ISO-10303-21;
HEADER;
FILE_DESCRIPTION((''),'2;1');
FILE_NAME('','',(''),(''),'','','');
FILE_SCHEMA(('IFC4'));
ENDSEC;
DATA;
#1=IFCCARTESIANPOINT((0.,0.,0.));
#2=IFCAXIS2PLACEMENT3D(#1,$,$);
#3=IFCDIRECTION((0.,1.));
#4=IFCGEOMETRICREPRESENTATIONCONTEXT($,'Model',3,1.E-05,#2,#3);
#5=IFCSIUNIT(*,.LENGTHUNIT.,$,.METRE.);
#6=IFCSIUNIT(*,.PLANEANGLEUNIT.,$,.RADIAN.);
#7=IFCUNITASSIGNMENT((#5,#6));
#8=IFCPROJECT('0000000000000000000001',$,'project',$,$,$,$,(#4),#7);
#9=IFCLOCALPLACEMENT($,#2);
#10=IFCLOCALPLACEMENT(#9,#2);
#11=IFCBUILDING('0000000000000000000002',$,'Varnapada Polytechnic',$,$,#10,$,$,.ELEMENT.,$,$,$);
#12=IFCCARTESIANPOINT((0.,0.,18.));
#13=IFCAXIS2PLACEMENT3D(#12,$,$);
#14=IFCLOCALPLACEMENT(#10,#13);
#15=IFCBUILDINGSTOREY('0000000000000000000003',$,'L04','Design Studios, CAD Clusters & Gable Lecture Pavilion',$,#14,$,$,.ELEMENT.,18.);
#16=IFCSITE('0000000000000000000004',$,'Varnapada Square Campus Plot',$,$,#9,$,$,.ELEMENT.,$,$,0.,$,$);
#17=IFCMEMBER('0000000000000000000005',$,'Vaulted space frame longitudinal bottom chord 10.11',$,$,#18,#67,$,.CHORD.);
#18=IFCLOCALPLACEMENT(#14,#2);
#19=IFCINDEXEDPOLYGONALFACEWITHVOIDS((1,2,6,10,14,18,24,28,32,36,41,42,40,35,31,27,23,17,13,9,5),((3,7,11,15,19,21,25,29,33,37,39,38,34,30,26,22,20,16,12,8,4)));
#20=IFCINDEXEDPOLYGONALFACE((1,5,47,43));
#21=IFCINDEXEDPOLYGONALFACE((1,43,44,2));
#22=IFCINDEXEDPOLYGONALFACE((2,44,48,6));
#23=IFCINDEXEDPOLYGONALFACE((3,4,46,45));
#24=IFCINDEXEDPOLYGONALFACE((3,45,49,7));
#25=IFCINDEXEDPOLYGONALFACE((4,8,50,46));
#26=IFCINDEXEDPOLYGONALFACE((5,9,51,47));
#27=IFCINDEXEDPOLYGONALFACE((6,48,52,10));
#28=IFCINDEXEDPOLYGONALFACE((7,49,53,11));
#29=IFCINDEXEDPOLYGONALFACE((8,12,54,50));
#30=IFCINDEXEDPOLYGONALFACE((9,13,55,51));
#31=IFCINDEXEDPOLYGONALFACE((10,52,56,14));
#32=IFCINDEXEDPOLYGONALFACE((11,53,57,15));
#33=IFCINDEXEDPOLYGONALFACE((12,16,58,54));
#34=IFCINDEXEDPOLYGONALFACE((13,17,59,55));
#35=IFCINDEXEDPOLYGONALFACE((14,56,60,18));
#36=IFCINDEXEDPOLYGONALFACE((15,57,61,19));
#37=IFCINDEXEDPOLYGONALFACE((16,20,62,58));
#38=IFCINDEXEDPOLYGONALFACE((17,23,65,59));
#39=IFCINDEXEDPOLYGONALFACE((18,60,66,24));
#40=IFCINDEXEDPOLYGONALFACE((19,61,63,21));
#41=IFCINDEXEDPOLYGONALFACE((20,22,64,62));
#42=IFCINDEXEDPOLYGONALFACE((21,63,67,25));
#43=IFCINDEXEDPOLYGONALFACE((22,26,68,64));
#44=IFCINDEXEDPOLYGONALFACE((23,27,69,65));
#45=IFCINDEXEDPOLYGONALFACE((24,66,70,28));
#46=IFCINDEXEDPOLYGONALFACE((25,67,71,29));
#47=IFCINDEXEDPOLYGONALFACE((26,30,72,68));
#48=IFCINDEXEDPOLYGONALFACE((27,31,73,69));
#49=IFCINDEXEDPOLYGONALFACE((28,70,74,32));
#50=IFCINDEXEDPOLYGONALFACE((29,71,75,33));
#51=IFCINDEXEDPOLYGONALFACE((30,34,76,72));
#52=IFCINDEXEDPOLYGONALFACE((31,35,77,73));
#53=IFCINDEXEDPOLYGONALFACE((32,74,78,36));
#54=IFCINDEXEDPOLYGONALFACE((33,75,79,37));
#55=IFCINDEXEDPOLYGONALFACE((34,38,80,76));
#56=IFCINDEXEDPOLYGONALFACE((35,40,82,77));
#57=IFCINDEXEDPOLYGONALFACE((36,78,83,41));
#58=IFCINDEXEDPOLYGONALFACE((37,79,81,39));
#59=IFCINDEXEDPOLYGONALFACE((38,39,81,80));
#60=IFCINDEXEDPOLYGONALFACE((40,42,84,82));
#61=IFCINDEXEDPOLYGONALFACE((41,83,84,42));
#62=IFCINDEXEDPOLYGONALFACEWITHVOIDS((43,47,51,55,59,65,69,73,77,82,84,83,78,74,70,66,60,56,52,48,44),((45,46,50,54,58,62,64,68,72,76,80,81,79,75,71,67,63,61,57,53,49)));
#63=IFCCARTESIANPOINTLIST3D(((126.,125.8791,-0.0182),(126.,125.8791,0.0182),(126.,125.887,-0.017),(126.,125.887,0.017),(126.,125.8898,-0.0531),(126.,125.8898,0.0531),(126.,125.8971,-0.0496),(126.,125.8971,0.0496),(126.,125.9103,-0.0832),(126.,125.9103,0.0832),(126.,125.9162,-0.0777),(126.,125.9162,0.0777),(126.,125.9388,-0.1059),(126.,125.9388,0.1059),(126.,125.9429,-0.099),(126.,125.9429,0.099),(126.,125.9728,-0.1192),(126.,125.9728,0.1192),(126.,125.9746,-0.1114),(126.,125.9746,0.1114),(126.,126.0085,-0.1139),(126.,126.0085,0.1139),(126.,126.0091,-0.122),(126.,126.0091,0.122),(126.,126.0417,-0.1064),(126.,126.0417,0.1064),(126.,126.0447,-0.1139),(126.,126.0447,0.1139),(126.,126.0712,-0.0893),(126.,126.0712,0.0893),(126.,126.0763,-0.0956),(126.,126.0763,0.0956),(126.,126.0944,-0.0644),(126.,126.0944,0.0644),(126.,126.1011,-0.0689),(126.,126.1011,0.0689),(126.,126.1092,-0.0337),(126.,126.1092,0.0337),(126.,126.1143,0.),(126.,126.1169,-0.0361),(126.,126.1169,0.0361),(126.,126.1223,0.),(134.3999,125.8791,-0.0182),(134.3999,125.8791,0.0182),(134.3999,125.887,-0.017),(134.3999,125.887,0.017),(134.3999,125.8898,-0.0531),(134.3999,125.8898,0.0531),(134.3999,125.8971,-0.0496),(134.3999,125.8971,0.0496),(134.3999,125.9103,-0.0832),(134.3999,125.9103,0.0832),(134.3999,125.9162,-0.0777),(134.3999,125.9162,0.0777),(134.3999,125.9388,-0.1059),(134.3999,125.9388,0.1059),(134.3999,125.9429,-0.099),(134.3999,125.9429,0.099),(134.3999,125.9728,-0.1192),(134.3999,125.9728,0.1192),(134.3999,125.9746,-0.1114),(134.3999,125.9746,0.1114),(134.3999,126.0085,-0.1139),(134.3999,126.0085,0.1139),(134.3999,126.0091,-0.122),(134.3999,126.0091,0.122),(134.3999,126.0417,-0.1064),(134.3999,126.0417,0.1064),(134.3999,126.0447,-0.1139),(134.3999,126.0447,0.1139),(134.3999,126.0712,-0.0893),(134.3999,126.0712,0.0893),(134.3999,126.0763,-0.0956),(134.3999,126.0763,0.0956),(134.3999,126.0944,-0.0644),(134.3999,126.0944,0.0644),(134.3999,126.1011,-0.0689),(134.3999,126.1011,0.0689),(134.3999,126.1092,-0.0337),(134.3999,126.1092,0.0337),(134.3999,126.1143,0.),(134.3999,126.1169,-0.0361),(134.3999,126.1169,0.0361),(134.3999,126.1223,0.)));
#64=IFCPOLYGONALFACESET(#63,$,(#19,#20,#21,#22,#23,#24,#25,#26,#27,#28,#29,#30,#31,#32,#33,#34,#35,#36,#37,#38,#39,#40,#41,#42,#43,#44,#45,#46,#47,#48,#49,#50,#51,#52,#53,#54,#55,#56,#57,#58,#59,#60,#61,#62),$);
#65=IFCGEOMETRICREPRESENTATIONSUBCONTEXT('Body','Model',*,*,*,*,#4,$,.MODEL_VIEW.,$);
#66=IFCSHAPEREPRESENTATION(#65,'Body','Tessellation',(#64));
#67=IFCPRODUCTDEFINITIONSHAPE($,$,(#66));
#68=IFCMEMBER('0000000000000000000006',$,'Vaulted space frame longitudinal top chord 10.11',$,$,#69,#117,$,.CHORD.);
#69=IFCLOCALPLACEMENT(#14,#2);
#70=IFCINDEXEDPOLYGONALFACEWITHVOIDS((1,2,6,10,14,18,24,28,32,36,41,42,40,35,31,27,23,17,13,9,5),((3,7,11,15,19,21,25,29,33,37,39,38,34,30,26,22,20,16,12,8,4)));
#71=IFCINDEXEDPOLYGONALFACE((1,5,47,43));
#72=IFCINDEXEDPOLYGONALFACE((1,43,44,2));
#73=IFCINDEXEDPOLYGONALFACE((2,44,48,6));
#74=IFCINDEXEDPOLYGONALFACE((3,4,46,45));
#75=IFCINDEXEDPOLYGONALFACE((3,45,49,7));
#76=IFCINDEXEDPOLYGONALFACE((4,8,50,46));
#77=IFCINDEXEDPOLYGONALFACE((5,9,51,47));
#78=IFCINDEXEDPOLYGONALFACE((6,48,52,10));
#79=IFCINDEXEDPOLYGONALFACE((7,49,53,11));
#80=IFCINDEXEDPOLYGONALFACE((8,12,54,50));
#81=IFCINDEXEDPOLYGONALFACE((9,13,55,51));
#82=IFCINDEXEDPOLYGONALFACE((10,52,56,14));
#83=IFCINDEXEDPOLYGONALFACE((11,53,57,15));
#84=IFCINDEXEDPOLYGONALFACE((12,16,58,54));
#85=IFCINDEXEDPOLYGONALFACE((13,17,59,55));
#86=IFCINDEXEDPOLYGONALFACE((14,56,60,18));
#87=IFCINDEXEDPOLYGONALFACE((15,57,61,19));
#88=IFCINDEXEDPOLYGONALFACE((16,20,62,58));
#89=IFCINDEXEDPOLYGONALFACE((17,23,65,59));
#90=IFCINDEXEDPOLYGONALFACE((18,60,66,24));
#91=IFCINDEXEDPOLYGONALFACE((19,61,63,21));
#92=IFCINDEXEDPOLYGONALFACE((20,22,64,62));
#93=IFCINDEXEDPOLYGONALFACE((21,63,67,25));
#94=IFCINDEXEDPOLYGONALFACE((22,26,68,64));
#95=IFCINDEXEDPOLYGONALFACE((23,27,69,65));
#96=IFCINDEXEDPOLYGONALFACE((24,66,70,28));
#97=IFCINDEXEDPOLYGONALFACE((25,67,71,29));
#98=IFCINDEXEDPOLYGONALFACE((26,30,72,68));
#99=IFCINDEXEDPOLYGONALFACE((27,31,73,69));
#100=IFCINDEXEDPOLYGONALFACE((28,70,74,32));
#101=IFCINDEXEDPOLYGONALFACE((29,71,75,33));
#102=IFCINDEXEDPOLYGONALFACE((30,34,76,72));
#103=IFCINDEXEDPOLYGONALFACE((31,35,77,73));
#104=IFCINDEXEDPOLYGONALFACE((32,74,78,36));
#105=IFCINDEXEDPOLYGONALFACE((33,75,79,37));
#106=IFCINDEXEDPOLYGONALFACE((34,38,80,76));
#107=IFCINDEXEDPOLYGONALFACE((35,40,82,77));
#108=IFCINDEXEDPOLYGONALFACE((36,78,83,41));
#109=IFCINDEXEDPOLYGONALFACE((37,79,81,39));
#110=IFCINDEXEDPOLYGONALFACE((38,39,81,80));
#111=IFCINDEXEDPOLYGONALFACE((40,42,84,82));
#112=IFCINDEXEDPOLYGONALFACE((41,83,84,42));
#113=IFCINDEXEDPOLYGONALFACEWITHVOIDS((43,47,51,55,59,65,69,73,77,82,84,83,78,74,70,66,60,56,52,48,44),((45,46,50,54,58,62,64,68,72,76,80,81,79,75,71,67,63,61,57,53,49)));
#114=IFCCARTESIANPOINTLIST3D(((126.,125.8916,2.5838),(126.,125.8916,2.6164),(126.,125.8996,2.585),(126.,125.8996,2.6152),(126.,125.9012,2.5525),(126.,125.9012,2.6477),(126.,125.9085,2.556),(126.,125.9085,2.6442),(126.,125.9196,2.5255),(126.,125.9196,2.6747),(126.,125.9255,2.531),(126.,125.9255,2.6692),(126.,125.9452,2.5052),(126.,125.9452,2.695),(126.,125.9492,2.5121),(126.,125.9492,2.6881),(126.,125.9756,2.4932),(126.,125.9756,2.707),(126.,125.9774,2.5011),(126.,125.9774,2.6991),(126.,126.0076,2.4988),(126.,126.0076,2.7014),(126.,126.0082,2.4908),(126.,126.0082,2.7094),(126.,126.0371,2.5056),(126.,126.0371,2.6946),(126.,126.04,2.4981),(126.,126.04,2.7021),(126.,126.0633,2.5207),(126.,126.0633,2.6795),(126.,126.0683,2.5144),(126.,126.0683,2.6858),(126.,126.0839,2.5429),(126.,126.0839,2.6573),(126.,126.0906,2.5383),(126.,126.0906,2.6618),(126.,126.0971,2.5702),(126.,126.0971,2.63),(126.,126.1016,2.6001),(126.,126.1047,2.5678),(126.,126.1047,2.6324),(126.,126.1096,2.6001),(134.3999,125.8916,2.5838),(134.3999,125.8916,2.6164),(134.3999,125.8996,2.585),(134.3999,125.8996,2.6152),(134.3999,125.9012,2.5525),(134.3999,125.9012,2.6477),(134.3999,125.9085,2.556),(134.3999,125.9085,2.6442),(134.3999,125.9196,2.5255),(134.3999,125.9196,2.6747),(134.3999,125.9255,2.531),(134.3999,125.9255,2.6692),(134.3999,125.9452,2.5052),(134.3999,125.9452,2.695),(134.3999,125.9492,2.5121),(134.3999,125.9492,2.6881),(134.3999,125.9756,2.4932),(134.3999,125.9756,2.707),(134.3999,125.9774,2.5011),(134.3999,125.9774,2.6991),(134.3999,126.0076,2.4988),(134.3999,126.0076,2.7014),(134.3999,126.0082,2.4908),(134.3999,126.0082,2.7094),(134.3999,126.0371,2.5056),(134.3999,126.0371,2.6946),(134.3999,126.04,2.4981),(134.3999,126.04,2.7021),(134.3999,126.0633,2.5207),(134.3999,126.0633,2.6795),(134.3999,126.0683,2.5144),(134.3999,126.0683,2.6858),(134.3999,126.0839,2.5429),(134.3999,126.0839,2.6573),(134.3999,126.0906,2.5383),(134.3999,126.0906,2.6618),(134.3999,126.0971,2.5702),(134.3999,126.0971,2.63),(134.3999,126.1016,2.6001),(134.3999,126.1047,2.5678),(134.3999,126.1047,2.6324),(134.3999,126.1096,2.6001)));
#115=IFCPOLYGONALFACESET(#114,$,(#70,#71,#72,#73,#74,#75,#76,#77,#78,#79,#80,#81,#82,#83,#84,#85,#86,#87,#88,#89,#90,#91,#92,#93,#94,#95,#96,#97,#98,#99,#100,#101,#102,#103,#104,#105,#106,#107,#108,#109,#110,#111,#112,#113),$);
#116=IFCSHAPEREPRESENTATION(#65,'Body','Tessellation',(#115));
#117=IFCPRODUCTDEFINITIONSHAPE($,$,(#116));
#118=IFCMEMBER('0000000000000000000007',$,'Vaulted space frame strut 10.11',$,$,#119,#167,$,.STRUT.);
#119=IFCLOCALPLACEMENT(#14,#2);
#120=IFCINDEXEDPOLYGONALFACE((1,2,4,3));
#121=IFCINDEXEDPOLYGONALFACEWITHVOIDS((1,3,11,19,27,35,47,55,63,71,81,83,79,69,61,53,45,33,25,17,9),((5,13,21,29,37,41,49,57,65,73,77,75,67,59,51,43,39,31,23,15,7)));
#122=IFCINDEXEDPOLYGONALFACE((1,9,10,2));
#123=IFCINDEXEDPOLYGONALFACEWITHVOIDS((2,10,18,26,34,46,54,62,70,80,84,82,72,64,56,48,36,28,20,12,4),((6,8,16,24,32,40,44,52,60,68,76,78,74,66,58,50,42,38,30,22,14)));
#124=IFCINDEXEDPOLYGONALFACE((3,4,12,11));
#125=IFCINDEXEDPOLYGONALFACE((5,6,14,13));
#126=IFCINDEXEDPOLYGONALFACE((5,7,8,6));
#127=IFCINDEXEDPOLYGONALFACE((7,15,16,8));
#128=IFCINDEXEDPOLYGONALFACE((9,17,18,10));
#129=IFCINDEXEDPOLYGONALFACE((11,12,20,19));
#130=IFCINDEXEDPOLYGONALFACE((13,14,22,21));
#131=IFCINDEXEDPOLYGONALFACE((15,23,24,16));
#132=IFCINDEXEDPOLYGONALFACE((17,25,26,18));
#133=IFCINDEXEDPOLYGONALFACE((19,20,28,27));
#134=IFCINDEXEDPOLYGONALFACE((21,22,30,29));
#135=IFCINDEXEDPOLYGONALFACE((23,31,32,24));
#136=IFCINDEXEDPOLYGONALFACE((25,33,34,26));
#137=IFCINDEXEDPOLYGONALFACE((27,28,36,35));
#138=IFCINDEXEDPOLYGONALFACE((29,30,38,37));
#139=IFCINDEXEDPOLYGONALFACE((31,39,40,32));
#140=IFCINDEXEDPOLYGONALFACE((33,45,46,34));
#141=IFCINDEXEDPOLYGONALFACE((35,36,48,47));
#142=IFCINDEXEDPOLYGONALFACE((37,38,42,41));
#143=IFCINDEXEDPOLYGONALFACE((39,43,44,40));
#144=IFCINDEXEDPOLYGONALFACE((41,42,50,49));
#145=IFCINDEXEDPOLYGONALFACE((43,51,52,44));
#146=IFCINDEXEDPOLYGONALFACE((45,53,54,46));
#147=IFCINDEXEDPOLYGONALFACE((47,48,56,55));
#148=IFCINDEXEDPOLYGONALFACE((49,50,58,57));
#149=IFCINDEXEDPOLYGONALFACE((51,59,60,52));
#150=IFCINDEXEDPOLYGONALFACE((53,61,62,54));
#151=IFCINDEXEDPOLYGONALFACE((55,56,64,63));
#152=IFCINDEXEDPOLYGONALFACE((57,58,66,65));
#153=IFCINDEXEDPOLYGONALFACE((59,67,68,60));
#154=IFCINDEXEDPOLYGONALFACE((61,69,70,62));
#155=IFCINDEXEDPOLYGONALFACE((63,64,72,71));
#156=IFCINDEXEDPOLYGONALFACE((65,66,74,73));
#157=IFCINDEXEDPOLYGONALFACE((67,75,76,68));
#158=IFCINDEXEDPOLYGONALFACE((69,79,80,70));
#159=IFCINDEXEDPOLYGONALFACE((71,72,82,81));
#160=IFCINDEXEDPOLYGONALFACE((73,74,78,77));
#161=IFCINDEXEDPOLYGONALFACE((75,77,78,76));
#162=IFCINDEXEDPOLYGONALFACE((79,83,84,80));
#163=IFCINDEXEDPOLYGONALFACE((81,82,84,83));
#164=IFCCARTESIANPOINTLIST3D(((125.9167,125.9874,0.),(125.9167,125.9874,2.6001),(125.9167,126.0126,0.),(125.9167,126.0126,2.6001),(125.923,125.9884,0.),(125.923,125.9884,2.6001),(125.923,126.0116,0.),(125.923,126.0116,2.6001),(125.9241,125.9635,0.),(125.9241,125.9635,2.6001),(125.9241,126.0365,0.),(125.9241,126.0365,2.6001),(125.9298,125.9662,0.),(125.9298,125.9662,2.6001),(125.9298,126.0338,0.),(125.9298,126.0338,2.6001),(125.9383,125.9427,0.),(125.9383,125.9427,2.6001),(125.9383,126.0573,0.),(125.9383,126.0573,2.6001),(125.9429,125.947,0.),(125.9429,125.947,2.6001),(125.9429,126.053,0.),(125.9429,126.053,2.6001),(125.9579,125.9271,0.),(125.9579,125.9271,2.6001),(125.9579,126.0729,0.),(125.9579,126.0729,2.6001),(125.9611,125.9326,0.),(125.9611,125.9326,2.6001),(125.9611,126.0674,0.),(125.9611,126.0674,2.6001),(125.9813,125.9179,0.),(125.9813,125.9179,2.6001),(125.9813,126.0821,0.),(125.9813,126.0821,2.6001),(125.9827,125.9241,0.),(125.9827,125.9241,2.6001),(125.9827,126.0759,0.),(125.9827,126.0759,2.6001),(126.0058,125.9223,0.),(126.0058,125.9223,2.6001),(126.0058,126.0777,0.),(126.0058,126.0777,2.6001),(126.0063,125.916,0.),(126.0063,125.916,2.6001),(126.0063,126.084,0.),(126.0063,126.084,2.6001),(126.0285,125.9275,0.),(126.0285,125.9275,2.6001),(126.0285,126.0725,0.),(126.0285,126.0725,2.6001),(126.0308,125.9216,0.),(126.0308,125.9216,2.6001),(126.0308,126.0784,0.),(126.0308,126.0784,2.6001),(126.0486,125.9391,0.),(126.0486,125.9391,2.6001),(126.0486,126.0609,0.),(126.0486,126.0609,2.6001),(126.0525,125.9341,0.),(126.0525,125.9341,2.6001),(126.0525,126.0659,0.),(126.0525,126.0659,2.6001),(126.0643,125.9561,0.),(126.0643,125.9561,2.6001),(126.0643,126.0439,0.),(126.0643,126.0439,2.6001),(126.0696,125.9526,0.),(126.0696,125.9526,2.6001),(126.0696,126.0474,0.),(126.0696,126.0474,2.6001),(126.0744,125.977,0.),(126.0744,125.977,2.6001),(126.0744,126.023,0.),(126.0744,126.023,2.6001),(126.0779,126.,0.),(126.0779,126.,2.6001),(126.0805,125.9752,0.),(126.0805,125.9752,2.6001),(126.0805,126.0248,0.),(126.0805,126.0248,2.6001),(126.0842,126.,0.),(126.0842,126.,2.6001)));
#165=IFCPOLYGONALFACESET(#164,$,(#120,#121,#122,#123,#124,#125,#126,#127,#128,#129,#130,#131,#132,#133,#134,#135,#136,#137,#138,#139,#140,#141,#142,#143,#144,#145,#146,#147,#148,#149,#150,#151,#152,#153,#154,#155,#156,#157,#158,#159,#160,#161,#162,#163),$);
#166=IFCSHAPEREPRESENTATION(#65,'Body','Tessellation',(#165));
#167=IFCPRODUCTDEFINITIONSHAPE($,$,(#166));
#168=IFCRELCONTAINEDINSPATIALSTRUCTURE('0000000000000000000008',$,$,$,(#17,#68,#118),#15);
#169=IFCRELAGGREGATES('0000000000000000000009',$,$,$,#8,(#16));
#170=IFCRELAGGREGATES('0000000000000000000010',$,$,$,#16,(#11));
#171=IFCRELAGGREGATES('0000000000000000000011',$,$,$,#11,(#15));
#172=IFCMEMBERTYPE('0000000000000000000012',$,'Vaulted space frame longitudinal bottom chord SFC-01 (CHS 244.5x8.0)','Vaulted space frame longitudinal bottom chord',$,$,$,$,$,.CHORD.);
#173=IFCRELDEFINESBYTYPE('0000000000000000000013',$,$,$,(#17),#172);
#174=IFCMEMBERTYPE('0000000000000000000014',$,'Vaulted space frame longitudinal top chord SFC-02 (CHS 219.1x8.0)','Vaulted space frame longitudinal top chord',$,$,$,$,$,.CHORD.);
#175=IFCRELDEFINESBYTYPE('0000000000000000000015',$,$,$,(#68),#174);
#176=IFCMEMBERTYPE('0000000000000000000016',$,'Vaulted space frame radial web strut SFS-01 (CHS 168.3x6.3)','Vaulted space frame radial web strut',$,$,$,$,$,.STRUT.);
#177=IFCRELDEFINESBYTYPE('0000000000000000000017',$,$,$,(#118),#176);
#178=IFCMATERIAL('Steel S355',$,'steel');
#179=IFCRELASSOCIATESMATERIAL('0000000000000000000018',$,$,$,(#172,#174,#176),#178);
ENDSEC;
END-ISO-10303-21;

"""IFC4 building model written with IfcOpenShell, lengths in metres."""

from ifc_helpers import new_model, si_unit, direction, frame, origin, origin_2d, place, context, subcontext, project, spatial, hollow_circle, extrude, material, material_profile, profile_set, type_object, element, save


model = new_model("IFC4")

# Units and contexts
model_context = context("Model", 3, precision=1e-05, world=origin(), true_north=direction((0.0, 1.0)))
body_context = subcontext(model_context, "Body", "Model", "MODEL_VIEW")
ifc_project = project(units=[si_unit("LENGTHUNIT", "METRE"), si_unit("PLANEANGLEUNIT", "RADIAN")], contexts=[model_context])

# Site, building, storey
site_placement = place(None, origin())
site = spatial("IfcSite", under=ifc_project, at=site_placement, Name="Varnapada Square Campus Plot", CompositionType="ELEMENT", RefElevation=0.0)
building_placement = place(site_placement, origin())
building = spatial("IfcBuilding", under=site, at=building_placement, Name="Varnapada Polytechnic", CompositionType="ELEMENT")
storey_placement = place(building_placement, frame((0.0, 0.0, 18.0)))
storey = spatial("IfcBuildingStorey", under=building, at=storey_placement, Name="L04", Description="Design Studios, CAD Clusters & Gable Lecture Pavilion", CompositionType="ELEMENT", Elevation=18.0)

# Shared definitions
ifc_material = material(Name="Steel S355", Category="steel")

# Members
ifc_material_profile_1 = material_profile(ifc_material, hollow_circle(Radius=0.1223, WallThickness=0.0081, at=origin_2d()), Name="CHS 244.5x8.0")
ifc_profile_set_1 = profile_set([ifc_material_profile_1], Name="Steel S355")
member_type_1 = type_object("IfcMemberType", Name="Vaulted space frame longitudinal bottom chord SFC-01 (CHS 244.5x8.0)", Description="Vaulted space frame longitudinal bottom chord", PredefinedType="CHORD", material=ifc_profile_set_1)
member_1_placement = place(storey_placement, frame((126.0, 126.0, 0.0), z_axis=(1.0, 0.0, 0.0), x_axis=(0.0, 1.0, 0.0)))
element("IfcMember", 1, at=member_1_placement, inside=storey, type_object=member_type_1, Name="Vaulted space frame longitudinal bottom chord 10.11", PredefinedType="CHORD", context=body_context, shape_type="SweptSolid", body=[
    extrude(hollow_circle(Radius=0.1223, WallThickness=0.0081, at=origin_2d()), origin(), (0.0, 0.0, 1.0), 8.3999),
])
ifc_material_profile_2 = material_profile(ifc_material, hollow_circle(Radius=0.1096, WallThickness=0.0081, at=origin_2d()), Name="CHS 219.1x8.0")
ifc_profile_set_2 = profile_set([ifc_material_profile_2], Name="Steel S355")
member_type_2 = type_object("IfcMemberType", Name="Vaulted space frame longitudinal top chord SFC-02 (CHS 219.1x8.0)", Description="Vaulted space frame longitudinal top chord", PredefinedType="CHORD", material=ifc_profile_set_2)
member_2_placement = place(storey_placement, frame((126.0, 126.0, 2.6001), z_axis=(1.0, 0.0, 0.0), x_axis=(0.0, 1.0, 0.0)))
element("IfcMember", 2, at=member_2_placement, inside=storey, type_object=member_type_2, Name="Vaulted space frame longitudinal top chord 10.11", PredefinedType="CHORD", context=body_context, shape_type="SweptSolid", body=[
    extrude(hollow_circle(Radius=0.1096, WallThickness=0.0081, at=origin_2d()), origin(), (0.0, 0.0, 1.0), 8.3999),
])
ifc_material_profile_3 = material_profile(ifc_material, hollow_circle(Radius=0.0842, WallThickness=0.0063, at=origin_2d()), Name="CHS 168.3x6.3")
ifc_profile_set_3 = profile_set([ifc_material_profile_3], Name="Steel S355")
member_type_3 = type_object("IfcMemberType", Name="Vaulted space frame radial web strut SFS-01 (CHS 168.3x6.3)", Description="Vaulted space frame radial web strut", PredefinedType="STRUT", material=ifc_profile_set_3)
member_3_placement = place(storey_placement, frame((126.0, 126.0, 0.0), z_axis=(0.0, 0.0, 1.0), x_axis=(1.0, 0.0, 0.0)))
element("IfcMember", 3, at=member_3_placement, inside=storey, type_object=member_type_3, Name="Vaulted space frame strut 10.11", PredefinedType="STRUT", context=body_context, shape_type="SweptSolid", body=[
    extrude(hollow_circle(Radius=0.0842, WallThickness=0.0063, at=origin_2d()), origin(), (0.0, 0.0, 1.0), 2.6001),
])

save(model, "model.ifc")
